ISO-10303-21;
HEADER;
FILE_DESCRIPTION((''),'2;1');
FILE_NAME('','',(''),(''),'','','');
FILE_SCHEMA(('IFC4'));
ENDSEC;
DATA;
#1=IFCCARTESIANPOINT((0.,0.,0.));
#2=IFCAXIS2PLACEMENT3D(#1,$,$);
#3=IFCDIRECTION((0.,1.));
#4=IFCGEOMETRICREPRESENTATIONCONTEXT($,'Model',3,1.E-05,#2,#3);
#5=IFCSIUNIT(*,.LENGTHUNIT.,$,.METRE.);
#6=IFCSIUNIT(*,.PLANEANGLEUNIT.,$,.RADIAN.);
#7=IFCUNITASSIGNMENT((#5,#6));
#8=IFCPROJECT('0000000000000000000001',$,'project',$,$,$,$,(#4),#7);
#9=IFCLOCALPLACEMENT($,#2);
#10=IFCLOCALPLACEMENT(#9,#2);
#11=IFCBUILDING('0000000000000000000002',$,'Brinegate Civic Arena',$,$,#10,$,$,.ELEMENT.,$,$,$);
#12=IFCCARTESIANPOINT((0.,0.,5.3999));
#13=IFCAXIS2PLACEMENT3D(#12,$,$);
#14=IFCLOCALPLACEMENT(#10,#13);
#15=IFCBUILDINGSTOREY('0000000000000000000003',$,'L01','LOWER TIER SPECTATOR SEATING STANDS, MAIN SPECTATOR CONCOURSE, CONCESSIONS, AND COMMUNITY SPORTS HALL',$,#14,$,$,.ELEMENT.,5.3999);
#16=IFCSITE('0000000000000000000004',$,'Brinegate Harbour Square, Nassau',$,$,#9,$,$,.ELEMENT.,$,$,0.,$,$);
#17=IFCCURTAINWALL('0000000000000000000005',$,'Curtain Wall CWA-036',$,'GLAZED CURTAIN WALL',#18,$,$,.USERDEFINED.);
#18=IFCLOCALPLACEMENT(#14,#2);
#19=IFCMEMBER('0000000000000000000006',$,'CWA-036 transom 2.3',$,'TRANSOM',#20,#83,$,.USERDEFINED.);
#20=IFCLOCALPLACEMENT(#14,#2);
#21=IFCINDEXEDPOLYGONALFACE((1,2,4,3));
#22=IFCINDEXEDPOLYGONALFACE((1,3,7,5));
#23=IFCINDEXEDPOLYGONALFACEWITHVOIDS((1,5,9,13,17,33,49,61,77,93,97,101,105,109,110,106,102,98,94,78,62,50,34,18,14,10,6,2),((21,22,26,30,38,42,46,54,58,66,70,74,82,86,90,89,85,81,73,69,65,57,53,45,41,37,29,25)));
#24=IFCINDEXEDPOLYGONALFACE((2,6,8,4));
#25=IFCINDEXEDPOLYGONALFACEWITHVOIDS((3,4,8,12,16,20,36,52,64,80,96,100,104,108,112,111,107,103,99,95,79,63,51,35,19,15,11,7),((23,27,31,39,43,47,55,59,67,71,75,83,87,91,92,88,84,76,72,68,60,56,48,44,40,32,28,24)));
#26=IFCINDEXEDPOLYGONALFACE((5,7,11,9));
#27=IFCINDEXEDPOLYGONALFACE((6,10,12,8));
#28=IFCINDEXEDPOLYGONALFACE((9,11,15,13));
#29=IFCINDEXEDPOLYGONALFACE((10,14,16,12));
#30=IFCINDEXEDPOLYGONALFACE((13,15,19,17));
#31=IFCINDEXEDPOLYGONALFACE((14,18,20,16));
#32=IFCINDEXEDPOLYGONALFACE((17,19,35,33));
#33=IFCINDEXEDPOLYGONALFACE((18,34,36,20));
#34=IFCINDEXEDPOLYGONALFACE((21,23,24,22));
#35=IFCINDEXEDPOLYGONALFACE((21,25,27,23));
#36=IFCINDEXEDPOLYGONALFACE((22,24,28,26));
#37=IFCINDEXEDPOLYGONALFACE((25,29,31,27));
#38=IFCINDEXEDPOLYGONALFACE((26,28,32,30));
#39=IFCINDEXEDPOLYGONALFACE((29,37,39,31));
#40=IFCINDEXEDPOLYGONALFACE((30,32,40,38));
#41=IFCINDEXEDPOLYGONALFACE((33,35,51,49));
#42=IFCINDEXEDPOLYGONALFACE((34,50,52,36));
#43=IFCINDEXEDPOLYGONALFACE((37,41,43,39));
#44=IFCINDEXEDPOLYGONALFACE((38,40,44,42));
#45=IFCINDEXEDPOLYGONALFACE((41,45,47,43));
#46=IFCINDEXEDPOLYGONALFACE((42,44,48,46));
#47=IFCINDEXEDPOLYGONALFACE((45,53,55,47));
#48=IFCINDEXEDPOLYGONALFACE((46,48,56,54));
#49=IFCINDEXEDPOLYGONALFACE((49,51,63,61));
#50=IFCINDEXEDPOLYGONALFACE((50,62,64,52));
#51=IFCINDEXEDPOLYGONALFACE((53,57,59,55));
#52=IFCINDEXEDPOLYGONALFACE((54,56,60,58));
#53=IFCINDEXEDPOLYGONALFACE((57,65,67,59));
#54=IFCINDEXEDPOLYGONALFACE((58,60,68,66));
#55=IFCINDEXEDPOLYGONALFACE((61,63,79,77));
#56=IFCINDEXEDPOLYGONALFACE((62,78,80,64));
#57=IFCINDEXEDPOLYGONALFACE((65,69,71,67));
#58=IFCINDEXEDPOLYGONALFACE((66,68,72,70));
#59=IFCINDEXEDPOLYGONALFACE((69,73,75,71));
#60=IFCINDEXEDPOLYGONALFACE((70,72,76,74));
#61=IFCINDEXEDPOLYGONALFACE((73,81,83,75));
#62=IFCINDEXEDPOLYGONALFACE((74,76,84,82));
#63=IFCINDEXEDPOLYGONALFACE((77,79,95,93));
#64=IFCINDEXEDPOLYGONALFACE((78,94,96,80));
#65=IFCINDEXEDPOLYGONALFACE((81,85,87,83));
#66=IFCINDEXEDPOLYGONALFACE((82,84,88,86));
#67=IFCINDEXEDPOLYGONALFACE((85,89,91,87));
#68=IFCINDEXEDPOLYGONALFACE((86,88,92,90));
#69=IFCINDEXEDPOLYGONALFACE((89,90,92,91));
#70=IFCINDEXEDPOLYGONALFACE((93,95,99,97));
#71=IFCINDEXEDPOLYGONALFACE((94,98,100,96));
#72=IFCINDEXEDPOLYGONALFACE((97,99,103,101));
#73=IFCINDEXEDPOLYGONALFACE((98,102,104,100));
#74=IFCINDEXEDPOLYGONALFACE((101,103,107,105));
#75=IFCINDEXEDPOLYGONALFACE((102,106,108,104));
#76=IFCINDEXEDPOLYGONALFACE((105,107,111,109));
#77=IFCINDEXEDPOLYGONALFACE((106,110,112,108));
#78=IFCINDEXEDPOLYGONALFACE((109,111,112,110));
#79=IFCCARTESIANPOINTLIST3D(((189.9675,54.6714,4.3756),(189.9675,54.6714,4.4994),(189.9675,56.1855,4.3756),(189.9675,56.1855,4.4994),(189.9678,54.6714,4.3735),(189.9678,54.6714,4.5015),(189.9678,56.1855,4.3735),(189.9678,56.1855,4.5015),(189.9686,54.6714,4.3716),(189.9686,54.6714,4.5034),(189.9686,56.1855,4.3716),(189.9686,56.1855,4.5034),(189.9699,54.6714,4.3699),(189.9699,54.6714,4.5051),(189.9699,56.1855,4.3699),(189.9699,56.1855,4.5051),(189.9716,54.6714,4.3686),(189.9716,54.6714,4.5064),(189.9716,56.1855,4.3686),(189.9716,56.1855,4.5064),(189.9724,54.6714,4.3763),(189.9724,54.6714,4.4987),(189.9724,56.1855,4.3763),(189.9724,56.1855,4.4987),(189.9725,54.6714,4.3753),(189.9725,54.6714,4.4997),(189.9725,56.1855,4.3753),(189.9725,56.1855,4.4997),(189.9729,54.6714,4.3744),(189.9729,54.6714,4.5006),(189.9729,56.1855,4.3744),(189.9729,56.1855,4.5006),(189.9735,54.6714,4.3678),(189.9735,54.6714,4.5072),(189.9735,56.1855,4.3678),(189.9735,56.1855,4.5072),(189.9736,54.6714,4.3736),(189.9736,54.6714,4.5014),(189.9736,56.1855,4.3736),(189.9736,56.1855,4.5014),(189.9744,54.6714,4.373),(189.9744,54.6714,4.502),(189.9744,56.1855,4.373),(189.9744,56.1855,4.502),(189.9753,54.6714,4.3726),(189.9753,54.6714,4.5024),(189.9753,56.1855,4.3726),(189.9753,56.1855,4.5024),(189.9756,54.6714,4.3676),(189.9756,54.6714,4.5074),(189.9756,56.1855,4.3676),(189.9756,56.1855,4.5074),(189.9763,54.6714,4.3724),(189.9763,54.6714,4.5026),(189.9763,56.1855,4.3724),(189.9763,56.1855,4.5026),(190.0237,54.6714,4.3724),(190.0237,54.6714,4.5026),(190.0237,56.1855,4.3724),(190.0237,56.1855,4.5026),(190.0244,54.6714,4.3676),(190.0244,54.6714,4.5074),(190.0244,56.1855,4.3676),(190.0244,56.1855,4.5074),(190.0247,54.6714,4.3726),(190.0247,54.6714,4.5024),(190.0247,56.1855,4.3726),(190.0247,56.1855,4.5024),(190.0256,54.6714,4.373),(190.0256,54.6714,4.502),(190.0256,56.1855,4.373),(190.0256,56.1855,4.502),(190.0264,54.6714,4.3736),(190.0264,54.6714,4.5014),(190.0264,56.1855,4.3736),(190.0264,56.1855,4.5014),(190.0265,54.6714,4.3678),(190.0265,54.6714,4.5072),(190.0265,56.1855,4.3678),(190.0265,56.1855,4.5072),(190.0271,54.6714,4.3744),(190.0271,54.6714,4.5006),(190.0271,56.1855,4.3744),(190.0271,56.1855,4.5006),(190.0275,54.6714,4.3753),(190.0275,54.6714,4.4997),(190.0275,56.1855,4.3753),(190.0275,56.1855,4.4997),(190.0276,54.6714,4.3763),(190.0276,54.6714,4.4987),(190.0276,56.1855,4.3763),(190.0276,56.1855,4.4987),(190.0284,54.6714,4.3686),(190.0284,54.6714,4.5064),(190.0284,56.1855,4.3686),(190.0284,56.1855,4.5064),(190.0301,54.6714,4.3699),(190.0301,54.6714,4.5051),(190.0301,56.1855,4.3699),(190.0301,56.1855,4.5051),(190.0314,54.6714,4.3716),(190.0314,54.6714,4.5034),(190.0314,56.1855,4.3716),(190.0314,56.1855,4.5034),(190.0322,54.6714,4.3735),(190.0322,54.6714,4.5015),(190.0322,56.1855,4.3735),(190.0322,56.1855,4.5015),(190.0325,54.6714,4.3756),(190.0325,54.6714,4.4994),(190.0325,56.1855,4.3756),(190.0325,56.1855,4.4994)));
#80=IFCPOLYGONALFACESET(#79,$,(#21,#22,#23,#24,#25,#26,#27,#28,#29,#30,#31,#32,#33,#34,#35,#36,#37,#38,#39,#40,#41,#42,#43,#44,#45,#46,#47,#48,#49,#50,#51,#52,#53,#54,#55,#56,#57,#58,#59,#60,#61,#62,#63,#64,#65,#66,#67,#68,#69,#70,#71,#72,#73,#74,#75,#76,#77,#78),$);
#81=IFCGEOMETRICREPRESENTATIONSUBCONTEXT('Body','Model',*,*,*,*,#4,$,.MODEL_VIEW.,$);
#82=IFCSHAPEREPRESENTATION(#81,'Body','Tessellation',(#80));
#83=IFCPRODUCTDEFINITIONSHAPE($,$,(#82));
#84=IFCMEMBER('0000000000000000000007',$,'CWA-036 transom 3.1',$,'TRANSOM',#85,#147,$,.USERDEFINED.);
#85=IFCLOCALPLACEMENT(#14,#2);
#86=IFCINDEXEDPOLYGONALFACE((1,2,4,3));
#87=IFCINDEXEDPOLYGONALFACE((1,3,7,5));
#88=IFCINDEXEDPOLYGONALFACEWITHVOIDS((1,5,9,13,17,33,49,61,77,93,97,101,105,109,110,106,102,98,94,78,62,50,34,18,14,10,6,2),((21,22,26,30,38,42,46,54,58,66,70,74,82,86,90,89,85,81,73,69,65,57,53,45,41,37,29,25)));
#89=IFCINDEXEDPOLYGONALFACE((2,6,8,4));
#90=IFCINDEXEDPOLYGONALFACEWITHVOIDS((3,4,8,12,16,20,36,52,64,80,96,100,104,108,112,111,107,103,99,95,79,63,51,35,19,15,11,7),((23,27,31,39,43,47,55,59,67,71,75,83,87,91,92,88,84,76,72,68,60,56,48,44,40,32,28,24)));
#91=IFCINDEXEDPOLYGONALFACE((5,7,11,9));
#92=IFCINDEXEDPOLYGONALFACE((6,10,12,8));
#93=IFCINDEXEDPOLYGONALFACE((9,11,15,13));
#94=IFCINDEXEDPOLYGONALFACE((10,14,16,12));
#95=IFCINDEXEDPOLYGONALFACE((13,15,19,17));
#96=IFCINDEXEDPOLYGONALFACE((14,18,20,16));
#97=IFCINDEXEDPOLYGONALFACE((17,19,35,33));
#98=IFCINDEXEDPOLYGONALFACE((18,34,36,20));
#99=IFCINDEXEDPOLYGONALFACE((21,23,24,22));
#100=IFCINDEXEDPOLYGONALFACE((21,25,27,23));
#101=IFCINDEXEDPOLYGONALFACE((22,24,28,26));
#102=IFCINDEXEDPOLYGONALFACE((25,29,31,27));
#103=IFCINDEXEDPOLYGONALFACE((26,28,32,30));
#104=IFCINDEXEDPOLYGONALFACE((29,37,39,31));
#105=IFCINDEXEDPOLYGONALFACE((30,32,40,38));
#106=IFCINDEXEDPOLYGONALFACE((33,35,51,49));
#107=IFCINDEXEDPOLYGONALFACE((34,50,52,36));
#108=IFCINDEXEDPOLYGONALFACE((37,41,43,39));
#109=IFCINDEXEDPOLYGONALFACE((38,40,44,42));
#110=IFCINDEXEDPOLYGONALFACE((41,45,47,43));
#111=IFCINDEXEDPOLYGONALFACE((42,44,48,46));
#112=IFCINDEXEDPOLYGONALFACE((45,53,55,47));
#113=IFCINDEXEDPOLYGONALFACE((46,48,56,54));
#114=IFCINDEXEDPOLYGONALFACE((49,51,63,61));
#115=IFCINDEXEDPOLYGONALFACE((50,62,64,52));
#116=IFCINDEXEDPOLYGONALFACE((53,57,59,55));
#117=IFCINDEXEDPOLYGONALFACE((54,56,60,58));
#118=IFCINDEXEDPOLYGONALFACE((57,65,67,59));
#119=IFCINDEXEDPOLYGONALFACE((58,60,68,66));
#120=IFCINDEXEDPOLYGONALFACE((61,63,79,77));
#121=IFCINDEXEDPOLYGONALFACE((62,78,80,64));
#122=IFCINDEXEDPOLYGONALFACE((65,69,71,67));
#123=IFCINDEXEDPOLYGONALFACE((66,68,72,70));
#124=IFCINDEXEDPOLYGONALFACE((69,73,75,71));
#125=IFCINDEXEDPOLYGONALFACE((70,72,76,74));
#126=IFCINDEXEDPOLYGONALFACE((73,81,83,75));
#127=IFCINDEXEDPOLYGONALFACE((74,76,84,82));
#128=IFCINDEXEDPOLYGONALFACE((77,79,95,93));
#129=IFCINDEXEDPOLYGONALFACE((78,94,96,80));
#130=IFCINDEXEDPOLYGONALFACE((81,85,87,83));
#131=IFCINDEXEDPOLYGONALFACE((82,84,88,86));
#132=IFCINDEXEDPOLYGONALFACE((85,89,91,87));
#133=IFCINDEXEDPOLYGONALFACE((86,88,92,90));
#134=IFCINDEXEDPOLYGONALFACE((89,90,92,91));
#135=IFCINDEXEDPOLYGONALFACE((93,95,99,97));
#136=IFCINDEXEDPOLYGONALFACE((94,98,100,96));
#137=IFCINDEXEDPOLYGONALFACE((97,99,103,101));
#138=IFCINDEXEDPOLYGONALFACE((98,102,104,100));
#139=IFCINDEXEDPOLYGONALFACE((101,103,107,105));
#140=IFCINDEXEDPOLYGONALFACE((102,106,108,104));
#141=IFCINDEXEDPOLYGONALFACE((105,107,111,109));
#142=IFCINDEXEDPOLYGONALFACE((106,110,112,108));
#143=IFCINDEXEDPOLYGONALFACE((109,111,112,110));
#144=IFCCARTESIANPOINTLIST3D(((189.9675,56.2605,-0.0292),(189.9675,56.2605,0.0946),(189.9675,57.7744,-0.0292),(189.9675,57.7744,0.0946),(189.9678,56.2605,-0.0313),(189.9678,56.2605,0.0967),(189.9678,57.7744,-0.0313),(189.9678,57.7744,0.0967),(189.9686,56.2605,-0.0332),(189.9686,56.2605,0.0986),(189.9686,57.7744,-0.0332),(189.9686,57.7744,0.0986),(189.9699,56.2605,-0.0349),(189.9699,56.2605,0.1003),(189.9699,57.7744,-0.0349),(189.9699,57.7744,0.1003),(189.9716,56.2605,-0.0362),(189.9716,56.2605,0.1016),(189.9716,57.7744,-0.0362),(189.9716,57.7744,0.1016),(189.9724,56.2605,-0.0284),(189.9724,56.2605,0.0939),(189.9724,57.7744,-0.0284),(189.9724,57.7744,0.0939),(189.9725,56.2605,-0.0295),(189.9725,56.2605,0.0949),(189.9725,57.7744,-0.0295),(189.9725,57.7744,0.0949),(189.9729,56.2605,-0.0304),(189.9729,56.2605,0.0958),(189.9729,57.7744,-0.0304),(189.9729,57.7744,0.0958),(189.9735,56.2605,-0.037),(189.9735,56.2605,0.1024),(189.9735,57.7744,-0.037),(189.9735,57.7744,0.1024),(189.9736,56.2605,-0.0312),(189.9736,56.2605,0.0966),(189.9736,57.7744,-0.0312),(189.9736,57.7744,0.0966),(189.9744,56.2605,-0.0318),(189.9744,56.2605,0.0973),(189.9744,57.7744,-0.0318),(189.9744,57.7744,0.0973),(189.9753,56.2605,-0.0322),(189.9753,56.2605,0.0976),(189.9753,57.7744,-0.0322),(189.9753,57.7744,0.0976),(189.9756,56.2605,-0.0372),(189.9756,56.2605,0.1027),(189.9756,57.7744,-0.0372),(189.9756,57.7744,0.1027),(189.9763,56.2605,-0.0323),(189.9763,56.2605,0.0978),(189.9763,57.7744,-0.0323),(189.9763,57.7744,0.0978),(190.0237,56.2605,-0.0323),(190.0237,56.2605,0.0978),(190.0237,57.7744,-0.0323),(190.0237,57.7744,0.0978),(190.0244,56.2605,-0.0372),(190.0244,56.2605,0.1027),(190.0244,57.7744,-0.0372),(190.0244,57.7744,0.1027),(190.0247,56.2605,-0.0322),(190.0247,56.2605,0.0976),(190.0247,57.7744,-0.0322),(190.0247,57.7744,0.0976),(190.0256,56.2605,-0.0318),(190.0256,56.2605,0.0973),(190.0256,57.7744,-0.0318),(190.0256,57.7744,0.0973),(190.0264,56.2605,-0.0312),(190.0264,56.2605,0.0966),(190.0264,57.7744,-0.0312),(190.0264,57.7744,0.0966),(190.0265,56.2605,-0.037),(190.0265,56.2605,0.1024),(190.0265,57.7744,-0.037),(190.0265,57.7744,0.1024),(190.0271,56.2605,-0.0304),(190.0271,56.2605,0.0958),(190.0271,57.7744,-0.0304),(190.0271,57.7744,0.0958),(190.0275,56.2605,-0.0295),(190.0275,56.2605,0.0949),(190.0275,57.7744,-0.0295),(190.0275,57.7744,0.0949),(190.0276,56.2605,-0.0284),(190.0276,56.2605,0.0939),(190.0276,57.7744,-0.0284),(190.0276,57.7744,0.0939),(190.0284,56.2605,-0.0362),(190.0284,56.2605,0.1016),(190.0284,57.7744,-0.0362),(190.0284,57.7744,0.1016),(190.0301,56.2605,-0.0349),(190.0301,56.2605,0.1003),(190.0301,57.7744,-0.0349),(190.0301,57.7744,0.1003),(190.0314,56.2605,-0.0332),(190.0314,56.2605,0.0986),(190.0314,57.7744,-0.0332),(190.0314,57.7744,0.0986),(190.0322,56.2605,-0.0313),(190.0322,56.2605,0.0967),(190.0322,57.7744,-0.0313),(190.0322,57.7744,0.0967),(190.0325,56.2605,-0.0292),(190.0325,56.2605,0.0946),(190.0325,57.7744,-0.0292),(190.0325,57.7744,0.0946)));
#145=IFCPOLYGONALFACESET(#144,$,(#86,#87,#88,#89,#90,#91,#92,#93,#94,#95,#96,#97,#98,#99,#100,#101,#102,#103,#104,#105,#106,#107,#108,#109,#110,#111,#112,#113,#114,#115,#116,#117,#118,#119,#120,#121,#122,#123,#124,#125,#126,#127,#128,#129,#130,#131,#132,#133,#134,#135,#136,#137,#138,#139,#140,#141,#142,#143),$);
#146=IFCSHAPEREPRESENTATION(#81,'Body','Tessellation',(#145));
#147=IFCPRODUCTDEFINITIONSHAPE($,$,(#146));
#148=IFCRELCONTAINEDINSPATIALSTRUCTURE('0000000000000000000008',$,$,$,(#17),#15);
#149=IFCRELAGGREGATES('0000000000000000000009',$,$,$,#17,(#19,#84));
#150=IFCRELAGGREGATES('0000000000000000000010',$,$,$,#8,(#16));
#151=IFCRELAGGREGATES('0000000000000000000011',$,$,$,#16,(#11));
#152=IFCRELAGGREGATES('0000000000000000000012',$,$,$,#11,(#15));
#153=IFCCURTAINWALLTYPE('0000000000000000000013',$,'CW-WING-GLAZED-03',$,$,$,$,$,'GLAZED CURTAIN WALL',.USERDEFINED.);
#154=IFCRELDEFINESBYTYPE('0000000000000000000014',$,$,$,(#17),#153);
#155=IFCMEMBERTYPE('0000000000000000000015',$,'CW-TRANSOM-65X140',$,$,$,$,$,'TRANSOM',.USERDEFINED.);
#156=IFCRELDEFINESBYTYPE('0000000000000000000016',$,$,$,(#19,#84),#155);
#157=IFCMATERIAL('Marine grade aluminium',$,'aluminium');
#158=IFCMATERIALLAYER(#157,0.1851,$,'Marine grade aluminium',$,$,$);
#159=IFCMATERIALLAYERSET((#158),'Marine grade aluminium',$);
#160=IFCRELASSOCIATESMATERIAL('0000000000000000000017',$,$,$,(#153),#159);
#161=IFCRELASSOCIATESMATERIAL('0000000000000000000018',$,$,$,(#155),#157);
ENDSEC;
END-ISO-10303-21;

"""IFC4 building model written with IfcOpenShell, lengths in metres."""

from ifc_helpers import new_model, si_unit, direction, frame, origin, origin_2d, place, context, subcontext, project, spatial, hollow_rectangle, extrude, material, layer, layer_set, material_profile, profile_set, type_object, element, aggregate, save


model = new_model("IFC4")

# Units and contexts
model_context = context("Model", 3, precision=1e-05, world=origin(), true_north=direction((0.0, 1.0)))
body_context = subcontext(model_context, "Body", "Model", "MODEL_VIEW")
ifc_project = project(units=[si_unit("LENGTHUNIT", "METRE"), si_unit("PLANEANGLEUNIT", "RADIAN")], contexts=[model_context])

# Site, building, storey
site_placement = place(None, origin())
site = spatial("IfcSite", under=ifc_project, at=site_placement, Name="Brinegate Harbour Square, Nassau", CompositionType="ELEMENT", RefElevation=0.0)
building_placement = place(site_placement, origin())
building = spatial("IfcBuilding", under=site, at=building_placement, Name="Brinegate Civic Arena", CompositionType="ELEMENT")
storey_placement = place(building_placement, frame((0.0, 0.0, 5.3999)))
storey = spatial("IfcBuildingStorey", under=building, at=storey_placement, Name="L01", Description="LOWER TIER SPECTATOR SEATING STANDS, MAIN SPECTATOR CONCOURSE, CONCESSIONS, AND COMMUNITY SPORTS HALL", CompositionType="ELEMENT", Elevation=5.3999)

# Curtain wall, members
ifc_material_1 = material(Name="Marine grade aluminium", Category="aluminium")
ifc_layer_1 = layer(ifc_material_1, 0.1851, Name="Marine grade aluminium")
ifc_layer_set_1 = layer_set([ifc_layer_1], Name="Marine grade aluminium")
curtain_wall_type = type_object("IfcCurtainWallType", Name="CW-WING-GLAZED-03", ElementType="GLAZED CURTAIN WALL", PredefinedType="USERDEFINED", material=ifc_layer_set_1)
curtain_wall_placement = place(storey_placement, origin())
curtain_wall = element("IfcCurtainWall", 1, at=curtain_wall_placement, inside=storey, type_object=curtain_wall_type, Name="Curtain Wall CWA-036", ObjectType="GLAZED CURTAIN WALL", PredefinedType="USERDEFINED")
ifc_material_profile_1 = material_profile(ifc_material_1, hollow_rectangle(XDim=0.0649, YDim=0.1399, WallThickness=0.0049, InnerFilletRadius=0.0039, OuterFilletRadius=0.0081, at=origin_2d()), Name="TRN65X140")
ifc_profile_set_1 = profile_set([ifc_material_profile_1], Name="Marine grade aluminium")
member_type_1 = type_object("IfcMemberType", Name="CW-TRANSOM-65X140", ElementType="TRANSOM", PredefinedType="USERDEFINED", material=ifc_profile_set_1)
member_1_placement = place(storey_placement, frame((190.0, 54.6714, 4.4375), z_axis=(0.0, 1.0, 0.0), x_axis=(-1.0, 0.0, 0.0)))
member_1 = element("IfcMember", 2, at=member_1_placement, type_object=member_type_1, Name="CWA-036 transom 2.3", ObjectType="TRANSOM", PredefinedType="USERDEFINED", context=body_context, shape_type="SweptSolid", body=[
    extrude(hollow_rectangle(XDim=0.0649, YDim=0.1399, WallThickness=0.0049, InnerFilletRadius=0.0039, OuterFilletRadius=0.0081, at=origin_2d()), origin(), (0.0, 0.0, 1.0), 1.5142),
])
member_2_placement = place(storey_placement, frame((190.0, 56.2605, 0.0327), z_axis=(0.0, 1.0, 0.0), x_axis=(-1.0, 0.0, 0.0)))
member_2 = element("IfcMember", 3, at=member_2_placement, type_object=member_type_1, Name="CWA-036 transom 3.1", ObjectType="TRANSOM", PredefinedType="USERDEFINED", context=body_context, shape_type="SweptSolid", body=[
    extrude(hollow_rectangle(XDim=0.0649, YDim=0.1399, WallThickness=0.0049, InnerFilletRadius=0.0039, OuterFilletRadius=0.0081, at=origin_2d()), origin(), (0.0, 0.0, 1.0), 1.5139),
])

aggregate(curtain_wall, [member_1, member_2])

save(model, "model.ifc")
